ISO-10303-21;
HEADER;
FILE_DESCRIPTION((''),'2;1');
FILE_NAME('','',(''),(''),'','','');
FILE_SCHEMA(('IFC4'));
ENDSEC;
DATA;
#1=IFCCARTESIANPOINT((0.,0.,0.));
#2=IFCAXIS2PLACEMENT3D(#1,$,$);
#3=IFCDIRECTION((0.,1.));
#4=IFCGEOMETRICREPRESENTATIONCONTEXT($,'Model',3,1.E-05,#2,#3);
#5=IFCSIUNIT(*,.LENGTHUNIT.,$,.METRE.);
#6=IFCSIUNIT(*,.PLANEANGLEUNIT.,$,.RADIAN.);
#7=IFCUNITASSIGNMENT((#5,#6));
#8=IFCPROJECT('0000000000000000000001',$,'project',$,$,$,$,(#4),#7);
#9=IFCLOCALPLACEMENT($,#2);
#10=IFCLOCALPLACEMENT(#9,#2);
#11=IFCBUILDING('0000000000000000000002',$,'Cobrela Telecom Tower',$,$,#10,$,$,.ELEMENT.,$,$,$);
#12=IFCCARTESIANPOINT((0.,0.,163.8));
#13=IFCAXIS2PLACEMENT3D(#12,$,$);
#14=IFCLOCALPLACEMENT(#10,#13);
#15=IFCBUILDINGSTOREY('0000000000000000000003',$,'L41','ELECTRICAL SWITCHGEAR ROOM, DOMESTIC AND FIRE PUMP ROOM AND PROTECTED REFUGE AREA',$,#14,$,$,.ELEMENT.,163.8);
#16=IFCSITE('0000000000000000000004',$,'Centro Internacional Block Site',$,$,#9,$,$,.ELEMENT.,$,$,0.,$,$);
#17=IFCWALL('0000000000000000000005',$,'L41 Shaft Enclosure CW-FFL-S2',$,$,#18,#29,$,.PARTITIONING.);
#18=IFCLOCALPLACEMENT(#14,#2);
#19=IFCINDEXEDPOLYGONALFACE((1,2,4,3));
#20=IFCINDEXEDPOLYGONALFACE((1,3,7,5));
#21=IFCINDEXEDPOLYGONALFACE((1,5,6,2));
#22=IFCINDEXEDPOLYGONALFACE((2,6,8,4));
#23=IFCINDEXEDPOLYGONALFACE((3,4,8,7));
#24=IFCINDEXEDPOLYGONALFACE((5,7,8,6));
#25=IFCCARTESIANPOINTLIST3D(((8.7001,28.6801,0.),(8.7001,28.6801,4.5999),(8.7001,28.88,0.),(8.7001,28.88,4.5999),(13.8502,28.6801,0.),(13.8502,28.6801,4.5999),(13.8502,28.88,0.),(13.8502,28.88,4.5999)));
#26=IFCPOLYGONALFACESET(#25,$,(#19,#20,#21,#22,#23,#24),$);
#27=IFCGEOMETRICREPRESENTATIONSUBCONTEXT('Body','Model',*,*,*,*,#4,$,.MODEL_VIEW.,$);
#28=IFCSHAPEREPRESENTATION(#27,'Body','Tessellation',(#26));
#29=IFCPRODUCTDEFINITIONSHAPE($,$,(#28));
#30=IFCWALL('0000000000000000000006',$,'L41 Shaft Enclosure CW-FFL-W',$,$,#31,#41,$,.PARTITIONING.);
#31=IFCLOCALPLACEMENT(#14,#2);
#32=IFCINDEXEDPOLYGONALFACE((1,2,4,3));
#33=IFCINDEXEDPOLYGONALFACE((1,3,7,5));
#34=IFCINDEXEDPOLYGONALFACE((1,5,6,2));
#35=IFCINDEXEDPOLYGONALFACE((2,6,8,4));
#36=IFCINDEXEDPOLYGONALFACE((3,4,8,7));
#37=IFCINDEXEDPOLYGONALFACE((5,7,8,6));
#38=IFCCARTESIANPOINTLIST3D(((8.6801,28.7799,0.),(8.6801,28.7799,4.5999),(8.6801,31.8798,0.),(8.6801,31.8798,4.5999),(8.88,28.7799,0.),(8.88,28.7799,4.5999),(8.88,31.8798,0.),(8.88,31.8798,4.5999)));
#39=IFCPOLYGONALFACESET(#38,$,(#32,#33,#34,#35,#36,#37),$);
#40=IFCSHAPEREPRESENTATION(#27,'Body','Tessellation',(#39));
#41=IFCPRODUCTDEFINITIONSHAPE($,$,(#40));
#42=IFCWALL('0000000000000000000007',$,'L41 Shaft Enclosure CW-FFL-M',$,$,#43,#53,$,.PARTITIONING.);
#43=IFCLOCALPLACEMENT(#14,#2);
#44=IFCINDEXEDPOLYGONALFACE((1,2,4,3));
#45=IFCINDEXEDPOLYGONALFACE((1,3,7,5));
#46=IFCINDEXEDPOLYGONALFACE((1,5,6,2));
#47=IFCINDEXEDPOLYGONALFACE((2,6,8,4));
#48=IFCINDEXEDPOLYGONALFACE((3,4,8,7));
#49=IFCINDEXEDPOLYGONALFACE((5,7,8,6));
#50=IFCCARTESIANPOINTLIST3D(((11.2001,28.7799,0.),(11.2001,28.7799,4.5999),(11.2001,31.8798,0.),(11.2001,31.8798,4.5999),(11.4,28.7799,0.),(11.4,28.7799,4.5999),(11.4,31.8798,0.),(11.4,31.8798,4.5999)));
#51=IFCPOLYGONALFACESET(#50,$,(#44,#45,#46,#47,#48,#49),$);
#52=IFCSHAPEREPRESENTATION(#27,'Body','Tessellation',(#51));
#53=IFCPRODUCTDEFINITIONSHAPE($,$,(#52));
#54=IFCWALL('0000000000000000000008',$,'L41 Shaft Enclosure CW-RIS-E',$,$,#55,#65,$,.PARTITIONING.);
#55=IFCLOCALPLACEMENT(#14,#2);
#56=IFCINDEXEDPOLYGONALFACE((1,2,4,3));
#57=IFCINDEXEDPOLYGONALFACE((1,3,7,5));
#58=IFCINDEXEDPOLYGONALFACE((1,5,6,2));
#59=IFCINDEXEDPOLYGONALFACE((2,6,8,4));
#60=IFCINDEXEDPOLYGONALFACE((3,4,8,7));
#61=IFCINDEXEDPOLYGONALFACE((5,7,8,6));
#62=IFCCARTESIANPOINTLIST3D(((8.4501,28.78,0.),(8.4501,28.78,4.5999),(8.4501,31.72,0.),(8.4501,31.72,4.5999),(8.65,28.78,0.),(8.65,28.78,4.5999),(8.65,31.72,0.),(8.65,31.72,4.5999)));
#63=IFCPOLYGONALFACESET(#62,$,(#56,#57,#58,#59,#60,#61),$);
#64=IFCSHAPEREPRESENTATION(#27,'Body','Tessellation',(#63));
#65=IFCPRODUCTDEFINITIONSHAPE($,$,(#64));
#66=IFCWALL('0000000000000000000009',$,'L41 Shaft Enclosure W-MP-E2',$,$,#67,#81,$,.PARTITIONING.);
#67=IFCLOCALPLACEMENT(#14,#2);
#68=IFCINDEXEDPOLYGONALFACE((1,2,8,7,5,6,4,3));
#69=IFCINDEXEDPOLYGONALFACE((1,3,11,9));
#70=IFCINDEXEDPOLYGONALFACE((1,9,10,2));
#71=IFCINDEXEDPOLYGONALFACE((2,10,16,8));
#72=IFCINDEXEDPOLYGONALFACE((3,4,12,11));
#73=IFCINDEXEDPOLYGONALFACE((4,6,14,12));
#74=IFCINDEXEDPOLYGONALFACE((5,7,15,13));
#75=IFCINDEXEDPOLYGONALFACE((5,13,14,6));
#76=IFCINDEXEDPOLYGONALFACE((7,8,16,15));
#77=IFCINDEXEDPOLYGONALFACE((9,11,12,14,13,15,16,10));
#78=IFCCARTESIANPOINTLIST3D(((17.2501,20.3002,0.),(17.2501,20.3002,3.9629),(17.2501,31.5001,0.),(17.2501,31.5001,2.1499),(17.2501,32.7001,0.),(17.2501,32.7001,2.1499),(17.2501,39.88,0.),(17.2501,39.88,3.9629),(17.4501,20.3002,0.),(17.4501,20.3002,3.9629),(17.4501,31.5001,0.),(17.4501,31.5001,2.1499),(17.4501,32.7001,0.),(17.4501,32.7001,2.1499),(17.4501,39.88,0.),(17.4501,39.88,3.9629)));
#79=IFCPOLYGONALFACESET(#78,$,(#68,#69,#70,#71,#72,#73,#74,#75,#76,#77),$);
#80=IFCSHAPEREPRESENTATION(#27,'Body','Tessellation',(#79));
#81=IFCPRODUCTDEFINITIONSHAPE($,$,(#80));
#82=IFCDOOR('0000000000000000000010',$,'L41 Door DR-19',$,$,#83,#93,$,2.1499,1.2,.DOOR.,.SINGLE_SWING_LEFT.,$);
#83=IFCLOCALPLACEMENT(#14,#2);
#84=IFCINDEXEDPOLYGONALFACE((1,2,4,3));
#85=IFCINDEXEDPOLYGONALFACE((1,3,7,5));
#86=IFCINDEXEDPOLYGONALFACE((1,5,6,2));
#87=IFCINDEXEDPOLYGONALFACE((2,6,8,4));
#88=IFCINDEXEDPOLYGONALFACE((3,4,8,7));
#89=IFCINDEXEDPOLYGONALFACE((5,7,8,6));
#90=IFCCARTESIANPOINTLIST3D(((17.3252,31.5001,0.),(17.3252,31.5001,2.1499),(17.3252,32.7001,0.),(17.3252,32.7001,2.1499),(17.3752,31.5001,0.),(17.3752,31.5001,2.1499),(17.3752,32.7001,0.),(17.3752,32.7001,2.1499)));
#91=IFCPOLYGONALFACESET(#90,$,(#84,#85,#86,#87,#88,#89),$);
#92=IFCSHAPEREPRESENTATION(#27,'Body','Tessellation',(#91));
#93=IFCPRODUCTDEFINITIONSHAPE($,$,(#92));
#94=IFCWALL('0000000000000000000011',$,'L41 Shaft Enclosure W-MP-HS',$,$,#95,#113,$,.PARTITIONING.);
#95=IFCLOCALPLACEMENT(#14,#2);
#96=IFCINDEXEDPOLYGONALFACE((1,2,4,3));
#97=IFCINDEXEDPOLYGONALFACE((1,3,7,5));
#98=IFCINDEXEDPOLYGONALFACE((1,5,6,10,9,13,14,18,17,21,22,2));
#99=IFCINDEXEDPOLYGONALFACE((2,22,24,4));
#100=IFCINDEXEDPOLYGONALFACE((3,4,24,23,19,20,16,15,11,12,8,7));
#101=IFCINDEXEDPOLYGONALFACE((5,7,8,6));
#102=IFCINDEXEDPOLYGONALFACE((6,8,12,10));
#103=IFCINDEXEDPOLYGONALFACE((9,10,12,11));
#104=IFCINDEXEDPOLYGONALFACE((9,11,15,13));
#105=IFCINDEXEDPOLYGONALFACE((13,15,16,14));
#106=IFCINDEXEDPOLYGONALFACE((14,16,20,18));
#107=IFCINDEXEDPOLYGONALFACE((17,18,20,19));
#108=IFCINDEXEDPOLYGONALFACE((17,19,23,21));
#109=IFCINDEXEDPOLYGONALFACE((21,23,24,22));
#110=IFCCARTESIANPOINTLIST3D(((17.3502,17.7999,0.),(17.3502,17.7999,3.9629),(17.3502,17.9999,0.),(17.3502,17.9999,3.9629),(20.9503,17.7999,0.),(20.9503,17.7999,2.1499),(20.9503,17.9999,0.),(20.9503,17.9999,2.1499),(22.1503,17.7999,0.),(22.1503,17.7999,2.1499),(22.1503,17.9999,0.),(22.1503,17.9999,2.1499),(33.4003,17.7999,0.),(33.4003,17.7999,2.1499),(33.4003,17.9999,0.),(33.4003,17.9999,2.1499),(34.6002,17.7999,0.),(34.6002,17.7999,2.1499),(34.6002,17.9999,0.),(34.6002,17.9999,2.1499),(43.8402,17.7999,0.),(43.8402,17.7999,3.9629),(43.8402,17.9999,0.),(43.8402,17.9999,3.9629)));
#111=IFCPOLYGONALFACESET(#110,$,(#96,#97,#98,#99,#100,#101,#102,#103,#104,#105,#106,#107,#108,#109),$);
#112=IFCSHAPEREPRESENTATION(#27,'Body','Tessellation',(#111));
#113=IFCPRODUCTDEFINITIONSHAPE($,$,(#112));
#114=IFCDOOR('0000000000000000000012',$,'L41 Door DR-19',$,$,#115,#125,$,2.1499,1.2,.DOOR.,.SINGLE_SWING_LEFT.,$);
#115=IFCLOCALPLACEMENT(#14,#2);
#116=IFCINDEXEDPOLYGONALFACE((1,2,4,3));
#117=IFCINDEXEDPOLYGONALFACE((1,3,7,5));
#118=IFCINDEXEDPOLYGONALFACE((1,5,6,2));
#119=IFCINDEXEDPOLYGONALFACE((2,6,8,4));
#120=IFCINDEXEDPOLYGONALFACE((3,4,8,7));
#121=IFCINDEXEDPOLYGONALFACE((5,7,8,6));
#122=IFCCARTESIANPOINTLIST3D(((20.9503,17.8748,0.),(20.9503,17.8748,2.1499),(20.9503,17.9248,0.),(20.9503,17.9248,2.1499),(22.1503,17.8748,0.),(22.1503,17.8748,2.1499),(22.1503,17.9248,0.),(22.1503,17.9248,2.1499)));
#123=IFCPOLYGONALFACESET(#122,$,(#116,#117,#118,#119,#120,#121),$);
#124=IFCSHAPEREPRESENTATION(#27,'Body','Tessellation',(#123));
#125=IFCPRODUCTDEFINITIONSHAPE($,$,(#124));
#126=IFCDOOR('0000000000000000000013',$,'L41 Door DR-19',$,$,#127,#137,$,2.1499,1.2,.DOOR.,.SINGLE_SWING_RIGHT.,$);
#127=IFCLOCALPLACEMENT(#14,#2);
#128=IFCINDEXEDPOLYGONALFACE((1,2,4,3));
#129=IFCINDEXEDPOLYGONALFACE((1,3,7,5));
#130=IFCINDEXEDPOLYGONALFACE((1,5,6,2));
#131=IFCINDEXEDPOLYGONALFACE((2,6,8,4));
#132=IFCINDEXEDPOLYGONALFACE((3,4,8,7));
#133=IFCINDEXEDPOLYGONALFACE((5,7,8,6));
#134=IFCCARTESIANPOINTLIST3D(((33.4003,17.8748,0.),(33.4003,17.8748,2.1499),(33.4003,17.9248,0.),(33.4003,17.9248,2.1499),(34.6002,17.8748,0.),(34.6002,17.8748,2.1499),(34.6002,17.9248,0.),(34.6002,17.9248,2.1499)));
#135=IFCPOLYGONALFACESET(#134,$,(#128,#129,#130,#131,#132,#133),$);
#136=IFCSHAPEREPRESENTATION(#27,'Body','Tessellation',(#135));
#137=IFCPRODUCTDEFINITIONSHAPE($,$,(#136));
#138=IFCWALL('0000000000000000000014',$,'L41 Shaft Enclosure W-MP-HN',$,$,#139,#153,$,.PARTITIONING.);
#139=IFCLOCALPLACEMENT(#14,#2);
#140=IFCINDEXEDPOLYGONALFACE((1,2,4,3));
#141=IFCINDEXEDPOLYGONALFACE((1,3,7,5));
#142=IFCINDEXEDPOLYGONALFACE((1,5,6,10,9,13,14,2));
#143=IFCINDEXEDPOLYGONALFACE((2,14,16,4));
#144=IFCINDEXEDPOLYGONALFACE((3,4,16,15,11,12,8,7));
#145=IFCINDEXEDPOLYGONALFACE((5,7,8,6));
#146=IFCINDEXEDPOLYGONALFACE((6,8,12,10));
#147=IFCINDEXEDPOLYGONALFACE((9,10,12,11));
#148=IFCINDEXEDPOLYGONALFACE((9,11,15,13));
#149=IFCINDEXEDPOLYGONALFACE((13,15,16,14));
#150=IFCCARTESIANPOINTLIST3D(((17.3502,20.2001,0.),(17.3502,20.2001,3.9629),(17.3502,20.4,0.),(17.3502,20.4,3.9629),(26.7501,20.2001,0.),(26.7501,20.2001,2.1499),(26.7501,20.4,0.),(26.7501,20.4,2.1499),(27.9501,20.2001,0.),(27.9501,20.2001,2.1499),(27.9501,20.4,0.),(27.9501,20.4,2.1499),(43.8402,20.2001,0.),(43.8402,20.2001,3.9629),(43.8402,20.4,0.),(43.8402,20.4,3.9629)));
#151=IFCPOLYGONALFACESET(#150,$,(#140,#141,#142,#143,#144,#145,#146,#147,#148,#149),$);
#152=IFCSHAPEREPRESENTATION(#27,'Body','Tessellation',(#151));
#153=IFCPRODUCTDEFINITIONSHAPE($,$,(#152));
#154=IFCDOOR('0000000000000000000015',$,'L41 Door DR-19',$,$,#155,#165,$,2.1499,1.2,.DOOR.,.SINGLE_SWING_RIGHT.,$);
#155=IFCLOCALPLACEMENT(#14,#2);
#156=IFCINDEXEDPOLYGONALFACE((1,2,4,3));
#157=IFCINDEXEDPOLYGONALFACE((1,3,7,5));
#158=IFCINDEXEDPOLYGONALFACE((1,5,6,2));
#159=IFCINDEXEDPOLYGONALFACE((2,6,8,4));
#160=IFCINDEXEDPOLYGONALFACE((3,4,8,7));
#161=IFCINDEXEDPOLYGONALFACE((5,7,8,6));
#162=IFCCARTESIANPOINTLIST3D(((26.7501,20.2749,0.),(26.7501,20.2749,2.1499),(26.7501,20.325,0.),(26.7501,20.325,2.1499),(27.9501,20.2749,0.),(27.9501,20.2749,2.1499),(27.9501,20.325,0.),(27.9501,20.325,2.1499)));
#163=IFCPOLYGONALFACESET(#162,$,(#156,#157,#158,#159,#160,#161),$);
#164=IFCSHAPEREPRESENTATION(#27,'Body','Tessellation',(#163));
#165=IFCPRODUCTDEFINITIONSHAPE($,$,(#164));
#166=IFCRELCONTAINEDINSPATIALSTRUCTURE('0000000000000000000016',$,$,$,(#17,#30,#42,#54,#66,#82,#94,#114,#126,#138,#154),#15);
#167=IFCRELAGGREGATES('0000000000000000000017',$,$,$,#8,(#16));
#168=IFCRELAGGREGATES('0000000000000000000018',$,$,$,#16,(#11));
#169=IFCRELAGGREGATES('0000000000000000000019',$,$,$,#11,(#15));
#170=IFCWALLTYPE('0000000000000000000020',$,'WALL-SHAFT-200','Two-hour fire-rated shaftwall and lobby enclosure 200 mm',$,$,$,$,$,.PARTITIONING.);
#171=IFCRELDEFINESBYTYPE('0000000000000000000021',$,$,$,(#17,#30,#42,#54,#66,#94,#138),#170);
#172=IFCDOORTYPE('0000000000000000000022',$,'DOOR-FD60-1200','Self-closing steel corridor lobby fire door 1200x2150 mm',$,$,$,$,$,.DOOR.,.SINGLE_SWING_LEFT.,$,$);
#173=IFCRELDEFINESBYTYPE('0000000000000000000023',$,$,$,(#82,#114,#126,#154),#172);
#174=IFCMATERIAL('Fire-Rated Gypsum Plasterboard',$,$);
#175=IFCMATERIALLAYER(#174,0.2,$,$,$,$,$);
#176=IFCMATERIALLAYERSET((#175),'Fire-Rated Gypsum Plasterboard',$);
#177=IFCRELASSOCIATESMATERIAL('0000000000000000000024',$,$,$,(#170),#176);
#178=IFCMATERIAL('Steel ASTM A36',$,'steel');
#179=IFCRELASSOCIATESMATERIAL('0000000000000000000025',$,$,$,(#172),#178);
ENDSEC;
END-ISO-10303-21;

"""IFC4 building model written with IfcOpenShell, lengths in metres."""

from ifc_helpers import new_model, si_unit, direction, frame, frame_2d, origin, place, context, subcontext, project, spatial, rectangle, extrude, material, layer, layer_set, type_object, element, fill, save


model = new_model("IFC4")

# Units and contexts
model_context = context("Model", 3, precision=1e-05, world=origin(), true_north=direction((0.0, 1.0)))
body_context = subcontext(model_context, "Body", "Model", "MODEL_VIEW")
ifc_project = project(units=[si_unit("LENGTHUNIT", "METRE"), si_unit("PLANEANGLEUNIT", "RADIAN")], contexts=[model_context])

# Site, building, storey
site_placement = place(None, origin())
site = spatial("IfcSite", under=ifc_project, at=site_placement, Name="Centro Internacional Block Site", CompositionType="ELEMENT", RefElevation=0.0)
building_placement = place(site_placement, origin())
building = spatial("IfcBuilding", under=site, at=building_placement, Name="Cobrela Telecom Tower", CompositionType="ELEMENT")
storey_placement = place(building_placement, frame((0.0, 0.0, 163.8)))
storey = spatial("IfcBuildingStorey", under=building, at=storey_placement, Name="L41", Description="ELECTRICAL SWITCHGEAR ROOM, DOMESTIC AND FIRE PUMP ROOM AND PROTECTED REFUGE AREA", CompositionType="ELEMENT", Elevation=163.8)

# Shared definitions
ifc_material_1 = material(Name="Fire-Rated Gypsum Plasterboard")

# Shared definitions
ifc_layer_1 = layer(ifc_material_1, 0.2)
ifc_layer_set_1 = layer_set([ifc_layer_1], Name="Fire-Rated Gypsum Plasterboard")
wall_type_1 = type_object("IfcWallType", Name="WALL-SHAFT-200", Description="Two-hour fire-rated shaftwall and lobby enclosure 200 mm", PredefinedType="PARTITIONING", material=ifc_layer_set_1)
ifc_material_2 = material(Name="Steel ASTM A36", Category="steel")

# Walls
wall_1_placement = place(storey_placement, frame((8.7, 28.78, 0.0), z_axis=(0.0, 0.0, 1.0), x_axis=(1.0, 0.0, 0.0)))
element("IfcWall", 1, at=wall_1_placement, inside=storey, type_object=wall_type_1, Name="L41 Shaft Enclosure CW-FFL-S2", PredefinedType="PARTITIONING", context=body_context, shape_type="SweptSolid", body=[
    extrude(rectangle(XDim=5.1501, YDim=0.2, at=frame_2d((2.5752, 0.0))), origin(), (0.0, 0.0, 1.0), 4.5999),
])
for number, where, z_axis, x_axis, name in (
    (2, (8.78, 28.78, 0.0), (0.0, 0.0, 1.0), (0.0, 1.0, 0.0), "L41 Shaft Enclosure CW-FFL-W"),
    (3, (11.3, 28.78, 0.0), (0.0, 0.0, 1.0), (0.0, 1.0, 0.0), "L41 Shaft Enclosure CW-FFL-M"),
):
    element("IfcWall", number, at=place(storey_placement, frame(where, z_axis=z_axis, x_axis=x_axis)), inside=storey, type_object=wall_type_1, Name=name, PredefinedType="PARTITIONING", context=body_context, shape_type="SweptSolid", body=[
        extrude(rectangle(XDim=3.0999, YDim=0.2, at=frame_2d((1.5498, 0.0))), origin(), (0.0, 0.0, 1.0), 4.5999),
    ])
wall_2_placement = place(storey_placement, frame((8.55, 28.78, 0.0), z_axis=(0.0, 0.0, 1.0), x_axis=(0.0, 1.0, 0.0)))
element("IfcWall", 4, at=wall_2_placement, inside=storey, type_object=wall_type_1, Name="L41 Shaft Enclosure CW-RIS-E", PredefinedType="PARTITIONING", context=body_context, shape_type="SweptSolid", body=[
    extrude(rectangle(XDim=2.9399, YDim=0.2, at=frame_2d((1.47, 0.0))), origin(), (0.0, 0.0, 1.0), 4.5999),
])

# Wall, opening, door
wall_3_placement = place(storey_placement, frame((17.3501, 20.3, 0.0), z_axis=(0.0, 0.0, 1.0), x_axis=(0.0, 1.0, 0.0)))
wall_3 = element("IfcWall", 5, at=wall_3_placement, inside=storey, type_object=wall_type_1, Name="L41 Shaft Enclosure W-MP-E2", PredefinedType="PARTITIONING", context=body_context, shape_type="SweptSolid", body=[
    extrude(rectangle(XDim=19.5798, YDim=0.2, at=frame_2d((9.79, 0.0))), origin(), (0.0, 0.0, 1.0), 3.9629),
])
opening_1_placement = place(wall_3_placement, frame((11.2, 0.0, 0.0)))
opening_1 = element("IfcOpeningElement", 6, at=opening_1_placement, cuts=wall_3, PredefinedType="OPENING", context=body_context, shape_type="SweptSolid", body=[
    extrude(rectangle(XDim=1.2, YDim=2.1499, at=frame_2d((0.6001, 1.075))), frame((0.0, 0.1118, 0.0), z_axis=(0.0, -1.0, 0.0), x_axis=(1.0, 0.0, 0.0)), (0.0, 0.0, 1.0), 0.2239),
])
door_type_1 = type_object("IfcDoorType", Name="DOOR-FD60-1200", Description="Self-closing steel corridor lobby fire door 1200x2150 mm", OperationType="SINGLE_SWING_LEFT", PredefinedType="DOOR", material=ifc_material_2)
door_1_placement = place(opening_1_placement, origin())
door_1 = element("IfcDoor", 7, at=door_1_placement, inside=storey, type_object=door_type_1, Name="L41 Door DR-19", OperationType="SINGLE_SWING_LEFT", OverallHeight=2.1499, OverallWidth=1.2, PredefinedType="DOOR", context=body_context, shape_type="SweptSolid", body=[
    extrude(rectangle(XDim=1.2, YDim=2.1499, at=frame_2d((0.6001, 1.075))), frame((0.0, 0.0249, 0.0), z_axis=(0.0, -1.0, 0.0), x_axis=(1.0, 0.0, 0.0)), (0.0, 0.0, 1.0), 0.05),
])
fill(opening_1, door_1)

# Wall, openings, doors
wall_4_placement = place(storey_placement, frame((17.3501, 17.8999, 0.0), z_axis=(0.0, 0.0, 1.0), x_axis=(1.0, 0.0, 0.0)))
wall_4 = element("IfcWall", 8, at=wall_4_placement, inside=storey, type_object=wall_type_1, Name="L41 Shaft Enclosure W-MP-HS", PredefinedType="PARTITIONING", context=body_context, shape_type="SweptSolid", body=[
    extrude(rectangle(XDim=26.49, YDim=0.2, at=frame_2d((13.2451, 0.0))), origin(), (0.0, 0.0, 1.0), 3.9629),
])
opening_2_placement = place(wall_4_placement, frame((3.6001, 0.0, 0.0)))
opening_2 = element("IfcOpeningElement", 9, at=opening_2_placement, cuts=wall_4, PredefinedType="OPENING", context=body_context, shape_type="SweptSolid", body=[
    extrude(rectangle(XDim=1.2, YDim=2.1499, at=frame_2d((0.6001, 1.075))), frame((0.0, 0.1118, 0.0), z_axis=(0.0, -1.0, 0.0), x_axis=(1.0, 0.0, 0.0)), (0.0, 0.0, 1.0), 0.2239),
])
opening_3_placement = place(wall_4_placement, frame((16.05, 0.0, 0.0)))
opening_3 = element("IfcOpeningElement", 10, at=opening_3_placement, cuts=wall_4, PredefinedType="OPENING", context=body_context, shape_type="SweptSolid", body=[
    extrude(rectangle(XDim=1.2, YDim=2.1499, at=frame_2d((0.6001, 1.075))), frame((0.0, 0.1118, 0.0), z_axis=(0.0, -1.0, 0.0), x_axis=(1.0, 0.0, 0.0)), (0.0, 0.0, 1.0), 0.2239),
])
door_2_placement = place(opening_2_placement, origin())
door_2 = element("IfcDoor", 11, at=door_2_placement, inside=storey, type_object=door_type_1, Name="L41 Door DR-19", OperationType="SINGLE_SWING_LEFT", OverallHeight=2.1499, OverallWidth=1.2, PredefinedType="DOOR", context=body_context, shape_type="SweptSolid", body=[
    extrude(rectangle(XDim=1.2, YDim=2.1499, at=frame_2d((0.6001, 1.075))), frame((0.0, 0.0249, 0.0), z_axis=(0.0, -1.0, 0.0), x_axis=(1.0, 0.0, 0.0)), (0.0, 0.0, 1.0), 0.05),
])
fill(opening_2, door_2)
door_3_placement = place(opening_3_placement, origin())
door_3 = element("IfcDoor", 12, at=door_3_placement, inside=storey, type_object=door_type_1, Name="L41 Door DR-19", OperationType="SINGLE_SWING_RIGHT", OverallHeight=2.1499, OverallWidth=1.2, PredefinedType="DOOR", context=body_context, shape_type="SweptSolid", body=[
    extrude(rectangle(XDim=1.2, YDim=2.1499, at=frame_2d((0.6001, 1.075))), frame((0.0, 0.0249, 0.0), z_axis=(0.0, -1.0, 0.0), x_axis=(1.0, 0.0, 0.0)), (0.0, 0.0, 1.0), 0.05),
])
fill(opening_3, door_3)

# Wall, opening, door
wall_5_placement = place(storey_placement, frame((17.3501, 20.3, 0.0), z_axis=(0.0, 0.0, 1.0), x_axis=(1.0, 0.0, 0.0)))
wall_5 = element("IfcWall", 13, at=wall_5_placement, inside=storey, type_object=wall_type_1, Name="L41 Shaft Enclosure W-MP-HN", PredefinedType="PARTITIONING", context=body_context, shape_type="SweptSolid", body=[
    extrude(rectangle(XDim=26.49, YDim=0.2, at=frame_2d((13.2451, 0.0))), origin(), (0.0, 0.0, 1.0), 3.9629),
])
opening_4_placement = place(wall_5_placement, frame((9.3999, 0.0, 0.0)))
opening_4 = element("IfcOpeningElement", 14, at=opening_4_placement, cuts=wall_5, PredefinedType="OPENING", context=body_context, shape_type="SweptSolid", body=[
    extrude(rectangle(XDim=1.2, YDim=2.1499, at=frame_2d((0.6001, 1.075))), frame((0.0, 0.1118, 0.0), z_axis=(0.0, -1.0, 0.0), x_axis=(1.0, 0.0, 0.0)), (0.0, 0.0, 1.0), 0.2239),
])
door_4_placement = place(opening_4_placement, origin())
door_4 = element("IfcDoor", 15, at=door_4_placement, inside=storey, type_object=door_type_1, Name="L41 Door DR-19", OperationType="SINGLE_SWING_RIGHT", OverallHeight=2.1499, OverallWidth=1.2, PredefinedType="DOOR", context=body_context, shape_type="SweptSolid", body=[
    extrude(rectangle(XDim=1.2, YDim=2.1499, at=frame_2d((0.6001, 1.075))), frame((0.0, 0.0249, 0.0), z_axis=(0.0, -1.0, 0.0), x_axis=(1.0, 0.0, 0.0)), (0.0, 0.0, 1.0), 0.05),
])
fill(opening_4, door_4)

save(model, "model.ifc")
